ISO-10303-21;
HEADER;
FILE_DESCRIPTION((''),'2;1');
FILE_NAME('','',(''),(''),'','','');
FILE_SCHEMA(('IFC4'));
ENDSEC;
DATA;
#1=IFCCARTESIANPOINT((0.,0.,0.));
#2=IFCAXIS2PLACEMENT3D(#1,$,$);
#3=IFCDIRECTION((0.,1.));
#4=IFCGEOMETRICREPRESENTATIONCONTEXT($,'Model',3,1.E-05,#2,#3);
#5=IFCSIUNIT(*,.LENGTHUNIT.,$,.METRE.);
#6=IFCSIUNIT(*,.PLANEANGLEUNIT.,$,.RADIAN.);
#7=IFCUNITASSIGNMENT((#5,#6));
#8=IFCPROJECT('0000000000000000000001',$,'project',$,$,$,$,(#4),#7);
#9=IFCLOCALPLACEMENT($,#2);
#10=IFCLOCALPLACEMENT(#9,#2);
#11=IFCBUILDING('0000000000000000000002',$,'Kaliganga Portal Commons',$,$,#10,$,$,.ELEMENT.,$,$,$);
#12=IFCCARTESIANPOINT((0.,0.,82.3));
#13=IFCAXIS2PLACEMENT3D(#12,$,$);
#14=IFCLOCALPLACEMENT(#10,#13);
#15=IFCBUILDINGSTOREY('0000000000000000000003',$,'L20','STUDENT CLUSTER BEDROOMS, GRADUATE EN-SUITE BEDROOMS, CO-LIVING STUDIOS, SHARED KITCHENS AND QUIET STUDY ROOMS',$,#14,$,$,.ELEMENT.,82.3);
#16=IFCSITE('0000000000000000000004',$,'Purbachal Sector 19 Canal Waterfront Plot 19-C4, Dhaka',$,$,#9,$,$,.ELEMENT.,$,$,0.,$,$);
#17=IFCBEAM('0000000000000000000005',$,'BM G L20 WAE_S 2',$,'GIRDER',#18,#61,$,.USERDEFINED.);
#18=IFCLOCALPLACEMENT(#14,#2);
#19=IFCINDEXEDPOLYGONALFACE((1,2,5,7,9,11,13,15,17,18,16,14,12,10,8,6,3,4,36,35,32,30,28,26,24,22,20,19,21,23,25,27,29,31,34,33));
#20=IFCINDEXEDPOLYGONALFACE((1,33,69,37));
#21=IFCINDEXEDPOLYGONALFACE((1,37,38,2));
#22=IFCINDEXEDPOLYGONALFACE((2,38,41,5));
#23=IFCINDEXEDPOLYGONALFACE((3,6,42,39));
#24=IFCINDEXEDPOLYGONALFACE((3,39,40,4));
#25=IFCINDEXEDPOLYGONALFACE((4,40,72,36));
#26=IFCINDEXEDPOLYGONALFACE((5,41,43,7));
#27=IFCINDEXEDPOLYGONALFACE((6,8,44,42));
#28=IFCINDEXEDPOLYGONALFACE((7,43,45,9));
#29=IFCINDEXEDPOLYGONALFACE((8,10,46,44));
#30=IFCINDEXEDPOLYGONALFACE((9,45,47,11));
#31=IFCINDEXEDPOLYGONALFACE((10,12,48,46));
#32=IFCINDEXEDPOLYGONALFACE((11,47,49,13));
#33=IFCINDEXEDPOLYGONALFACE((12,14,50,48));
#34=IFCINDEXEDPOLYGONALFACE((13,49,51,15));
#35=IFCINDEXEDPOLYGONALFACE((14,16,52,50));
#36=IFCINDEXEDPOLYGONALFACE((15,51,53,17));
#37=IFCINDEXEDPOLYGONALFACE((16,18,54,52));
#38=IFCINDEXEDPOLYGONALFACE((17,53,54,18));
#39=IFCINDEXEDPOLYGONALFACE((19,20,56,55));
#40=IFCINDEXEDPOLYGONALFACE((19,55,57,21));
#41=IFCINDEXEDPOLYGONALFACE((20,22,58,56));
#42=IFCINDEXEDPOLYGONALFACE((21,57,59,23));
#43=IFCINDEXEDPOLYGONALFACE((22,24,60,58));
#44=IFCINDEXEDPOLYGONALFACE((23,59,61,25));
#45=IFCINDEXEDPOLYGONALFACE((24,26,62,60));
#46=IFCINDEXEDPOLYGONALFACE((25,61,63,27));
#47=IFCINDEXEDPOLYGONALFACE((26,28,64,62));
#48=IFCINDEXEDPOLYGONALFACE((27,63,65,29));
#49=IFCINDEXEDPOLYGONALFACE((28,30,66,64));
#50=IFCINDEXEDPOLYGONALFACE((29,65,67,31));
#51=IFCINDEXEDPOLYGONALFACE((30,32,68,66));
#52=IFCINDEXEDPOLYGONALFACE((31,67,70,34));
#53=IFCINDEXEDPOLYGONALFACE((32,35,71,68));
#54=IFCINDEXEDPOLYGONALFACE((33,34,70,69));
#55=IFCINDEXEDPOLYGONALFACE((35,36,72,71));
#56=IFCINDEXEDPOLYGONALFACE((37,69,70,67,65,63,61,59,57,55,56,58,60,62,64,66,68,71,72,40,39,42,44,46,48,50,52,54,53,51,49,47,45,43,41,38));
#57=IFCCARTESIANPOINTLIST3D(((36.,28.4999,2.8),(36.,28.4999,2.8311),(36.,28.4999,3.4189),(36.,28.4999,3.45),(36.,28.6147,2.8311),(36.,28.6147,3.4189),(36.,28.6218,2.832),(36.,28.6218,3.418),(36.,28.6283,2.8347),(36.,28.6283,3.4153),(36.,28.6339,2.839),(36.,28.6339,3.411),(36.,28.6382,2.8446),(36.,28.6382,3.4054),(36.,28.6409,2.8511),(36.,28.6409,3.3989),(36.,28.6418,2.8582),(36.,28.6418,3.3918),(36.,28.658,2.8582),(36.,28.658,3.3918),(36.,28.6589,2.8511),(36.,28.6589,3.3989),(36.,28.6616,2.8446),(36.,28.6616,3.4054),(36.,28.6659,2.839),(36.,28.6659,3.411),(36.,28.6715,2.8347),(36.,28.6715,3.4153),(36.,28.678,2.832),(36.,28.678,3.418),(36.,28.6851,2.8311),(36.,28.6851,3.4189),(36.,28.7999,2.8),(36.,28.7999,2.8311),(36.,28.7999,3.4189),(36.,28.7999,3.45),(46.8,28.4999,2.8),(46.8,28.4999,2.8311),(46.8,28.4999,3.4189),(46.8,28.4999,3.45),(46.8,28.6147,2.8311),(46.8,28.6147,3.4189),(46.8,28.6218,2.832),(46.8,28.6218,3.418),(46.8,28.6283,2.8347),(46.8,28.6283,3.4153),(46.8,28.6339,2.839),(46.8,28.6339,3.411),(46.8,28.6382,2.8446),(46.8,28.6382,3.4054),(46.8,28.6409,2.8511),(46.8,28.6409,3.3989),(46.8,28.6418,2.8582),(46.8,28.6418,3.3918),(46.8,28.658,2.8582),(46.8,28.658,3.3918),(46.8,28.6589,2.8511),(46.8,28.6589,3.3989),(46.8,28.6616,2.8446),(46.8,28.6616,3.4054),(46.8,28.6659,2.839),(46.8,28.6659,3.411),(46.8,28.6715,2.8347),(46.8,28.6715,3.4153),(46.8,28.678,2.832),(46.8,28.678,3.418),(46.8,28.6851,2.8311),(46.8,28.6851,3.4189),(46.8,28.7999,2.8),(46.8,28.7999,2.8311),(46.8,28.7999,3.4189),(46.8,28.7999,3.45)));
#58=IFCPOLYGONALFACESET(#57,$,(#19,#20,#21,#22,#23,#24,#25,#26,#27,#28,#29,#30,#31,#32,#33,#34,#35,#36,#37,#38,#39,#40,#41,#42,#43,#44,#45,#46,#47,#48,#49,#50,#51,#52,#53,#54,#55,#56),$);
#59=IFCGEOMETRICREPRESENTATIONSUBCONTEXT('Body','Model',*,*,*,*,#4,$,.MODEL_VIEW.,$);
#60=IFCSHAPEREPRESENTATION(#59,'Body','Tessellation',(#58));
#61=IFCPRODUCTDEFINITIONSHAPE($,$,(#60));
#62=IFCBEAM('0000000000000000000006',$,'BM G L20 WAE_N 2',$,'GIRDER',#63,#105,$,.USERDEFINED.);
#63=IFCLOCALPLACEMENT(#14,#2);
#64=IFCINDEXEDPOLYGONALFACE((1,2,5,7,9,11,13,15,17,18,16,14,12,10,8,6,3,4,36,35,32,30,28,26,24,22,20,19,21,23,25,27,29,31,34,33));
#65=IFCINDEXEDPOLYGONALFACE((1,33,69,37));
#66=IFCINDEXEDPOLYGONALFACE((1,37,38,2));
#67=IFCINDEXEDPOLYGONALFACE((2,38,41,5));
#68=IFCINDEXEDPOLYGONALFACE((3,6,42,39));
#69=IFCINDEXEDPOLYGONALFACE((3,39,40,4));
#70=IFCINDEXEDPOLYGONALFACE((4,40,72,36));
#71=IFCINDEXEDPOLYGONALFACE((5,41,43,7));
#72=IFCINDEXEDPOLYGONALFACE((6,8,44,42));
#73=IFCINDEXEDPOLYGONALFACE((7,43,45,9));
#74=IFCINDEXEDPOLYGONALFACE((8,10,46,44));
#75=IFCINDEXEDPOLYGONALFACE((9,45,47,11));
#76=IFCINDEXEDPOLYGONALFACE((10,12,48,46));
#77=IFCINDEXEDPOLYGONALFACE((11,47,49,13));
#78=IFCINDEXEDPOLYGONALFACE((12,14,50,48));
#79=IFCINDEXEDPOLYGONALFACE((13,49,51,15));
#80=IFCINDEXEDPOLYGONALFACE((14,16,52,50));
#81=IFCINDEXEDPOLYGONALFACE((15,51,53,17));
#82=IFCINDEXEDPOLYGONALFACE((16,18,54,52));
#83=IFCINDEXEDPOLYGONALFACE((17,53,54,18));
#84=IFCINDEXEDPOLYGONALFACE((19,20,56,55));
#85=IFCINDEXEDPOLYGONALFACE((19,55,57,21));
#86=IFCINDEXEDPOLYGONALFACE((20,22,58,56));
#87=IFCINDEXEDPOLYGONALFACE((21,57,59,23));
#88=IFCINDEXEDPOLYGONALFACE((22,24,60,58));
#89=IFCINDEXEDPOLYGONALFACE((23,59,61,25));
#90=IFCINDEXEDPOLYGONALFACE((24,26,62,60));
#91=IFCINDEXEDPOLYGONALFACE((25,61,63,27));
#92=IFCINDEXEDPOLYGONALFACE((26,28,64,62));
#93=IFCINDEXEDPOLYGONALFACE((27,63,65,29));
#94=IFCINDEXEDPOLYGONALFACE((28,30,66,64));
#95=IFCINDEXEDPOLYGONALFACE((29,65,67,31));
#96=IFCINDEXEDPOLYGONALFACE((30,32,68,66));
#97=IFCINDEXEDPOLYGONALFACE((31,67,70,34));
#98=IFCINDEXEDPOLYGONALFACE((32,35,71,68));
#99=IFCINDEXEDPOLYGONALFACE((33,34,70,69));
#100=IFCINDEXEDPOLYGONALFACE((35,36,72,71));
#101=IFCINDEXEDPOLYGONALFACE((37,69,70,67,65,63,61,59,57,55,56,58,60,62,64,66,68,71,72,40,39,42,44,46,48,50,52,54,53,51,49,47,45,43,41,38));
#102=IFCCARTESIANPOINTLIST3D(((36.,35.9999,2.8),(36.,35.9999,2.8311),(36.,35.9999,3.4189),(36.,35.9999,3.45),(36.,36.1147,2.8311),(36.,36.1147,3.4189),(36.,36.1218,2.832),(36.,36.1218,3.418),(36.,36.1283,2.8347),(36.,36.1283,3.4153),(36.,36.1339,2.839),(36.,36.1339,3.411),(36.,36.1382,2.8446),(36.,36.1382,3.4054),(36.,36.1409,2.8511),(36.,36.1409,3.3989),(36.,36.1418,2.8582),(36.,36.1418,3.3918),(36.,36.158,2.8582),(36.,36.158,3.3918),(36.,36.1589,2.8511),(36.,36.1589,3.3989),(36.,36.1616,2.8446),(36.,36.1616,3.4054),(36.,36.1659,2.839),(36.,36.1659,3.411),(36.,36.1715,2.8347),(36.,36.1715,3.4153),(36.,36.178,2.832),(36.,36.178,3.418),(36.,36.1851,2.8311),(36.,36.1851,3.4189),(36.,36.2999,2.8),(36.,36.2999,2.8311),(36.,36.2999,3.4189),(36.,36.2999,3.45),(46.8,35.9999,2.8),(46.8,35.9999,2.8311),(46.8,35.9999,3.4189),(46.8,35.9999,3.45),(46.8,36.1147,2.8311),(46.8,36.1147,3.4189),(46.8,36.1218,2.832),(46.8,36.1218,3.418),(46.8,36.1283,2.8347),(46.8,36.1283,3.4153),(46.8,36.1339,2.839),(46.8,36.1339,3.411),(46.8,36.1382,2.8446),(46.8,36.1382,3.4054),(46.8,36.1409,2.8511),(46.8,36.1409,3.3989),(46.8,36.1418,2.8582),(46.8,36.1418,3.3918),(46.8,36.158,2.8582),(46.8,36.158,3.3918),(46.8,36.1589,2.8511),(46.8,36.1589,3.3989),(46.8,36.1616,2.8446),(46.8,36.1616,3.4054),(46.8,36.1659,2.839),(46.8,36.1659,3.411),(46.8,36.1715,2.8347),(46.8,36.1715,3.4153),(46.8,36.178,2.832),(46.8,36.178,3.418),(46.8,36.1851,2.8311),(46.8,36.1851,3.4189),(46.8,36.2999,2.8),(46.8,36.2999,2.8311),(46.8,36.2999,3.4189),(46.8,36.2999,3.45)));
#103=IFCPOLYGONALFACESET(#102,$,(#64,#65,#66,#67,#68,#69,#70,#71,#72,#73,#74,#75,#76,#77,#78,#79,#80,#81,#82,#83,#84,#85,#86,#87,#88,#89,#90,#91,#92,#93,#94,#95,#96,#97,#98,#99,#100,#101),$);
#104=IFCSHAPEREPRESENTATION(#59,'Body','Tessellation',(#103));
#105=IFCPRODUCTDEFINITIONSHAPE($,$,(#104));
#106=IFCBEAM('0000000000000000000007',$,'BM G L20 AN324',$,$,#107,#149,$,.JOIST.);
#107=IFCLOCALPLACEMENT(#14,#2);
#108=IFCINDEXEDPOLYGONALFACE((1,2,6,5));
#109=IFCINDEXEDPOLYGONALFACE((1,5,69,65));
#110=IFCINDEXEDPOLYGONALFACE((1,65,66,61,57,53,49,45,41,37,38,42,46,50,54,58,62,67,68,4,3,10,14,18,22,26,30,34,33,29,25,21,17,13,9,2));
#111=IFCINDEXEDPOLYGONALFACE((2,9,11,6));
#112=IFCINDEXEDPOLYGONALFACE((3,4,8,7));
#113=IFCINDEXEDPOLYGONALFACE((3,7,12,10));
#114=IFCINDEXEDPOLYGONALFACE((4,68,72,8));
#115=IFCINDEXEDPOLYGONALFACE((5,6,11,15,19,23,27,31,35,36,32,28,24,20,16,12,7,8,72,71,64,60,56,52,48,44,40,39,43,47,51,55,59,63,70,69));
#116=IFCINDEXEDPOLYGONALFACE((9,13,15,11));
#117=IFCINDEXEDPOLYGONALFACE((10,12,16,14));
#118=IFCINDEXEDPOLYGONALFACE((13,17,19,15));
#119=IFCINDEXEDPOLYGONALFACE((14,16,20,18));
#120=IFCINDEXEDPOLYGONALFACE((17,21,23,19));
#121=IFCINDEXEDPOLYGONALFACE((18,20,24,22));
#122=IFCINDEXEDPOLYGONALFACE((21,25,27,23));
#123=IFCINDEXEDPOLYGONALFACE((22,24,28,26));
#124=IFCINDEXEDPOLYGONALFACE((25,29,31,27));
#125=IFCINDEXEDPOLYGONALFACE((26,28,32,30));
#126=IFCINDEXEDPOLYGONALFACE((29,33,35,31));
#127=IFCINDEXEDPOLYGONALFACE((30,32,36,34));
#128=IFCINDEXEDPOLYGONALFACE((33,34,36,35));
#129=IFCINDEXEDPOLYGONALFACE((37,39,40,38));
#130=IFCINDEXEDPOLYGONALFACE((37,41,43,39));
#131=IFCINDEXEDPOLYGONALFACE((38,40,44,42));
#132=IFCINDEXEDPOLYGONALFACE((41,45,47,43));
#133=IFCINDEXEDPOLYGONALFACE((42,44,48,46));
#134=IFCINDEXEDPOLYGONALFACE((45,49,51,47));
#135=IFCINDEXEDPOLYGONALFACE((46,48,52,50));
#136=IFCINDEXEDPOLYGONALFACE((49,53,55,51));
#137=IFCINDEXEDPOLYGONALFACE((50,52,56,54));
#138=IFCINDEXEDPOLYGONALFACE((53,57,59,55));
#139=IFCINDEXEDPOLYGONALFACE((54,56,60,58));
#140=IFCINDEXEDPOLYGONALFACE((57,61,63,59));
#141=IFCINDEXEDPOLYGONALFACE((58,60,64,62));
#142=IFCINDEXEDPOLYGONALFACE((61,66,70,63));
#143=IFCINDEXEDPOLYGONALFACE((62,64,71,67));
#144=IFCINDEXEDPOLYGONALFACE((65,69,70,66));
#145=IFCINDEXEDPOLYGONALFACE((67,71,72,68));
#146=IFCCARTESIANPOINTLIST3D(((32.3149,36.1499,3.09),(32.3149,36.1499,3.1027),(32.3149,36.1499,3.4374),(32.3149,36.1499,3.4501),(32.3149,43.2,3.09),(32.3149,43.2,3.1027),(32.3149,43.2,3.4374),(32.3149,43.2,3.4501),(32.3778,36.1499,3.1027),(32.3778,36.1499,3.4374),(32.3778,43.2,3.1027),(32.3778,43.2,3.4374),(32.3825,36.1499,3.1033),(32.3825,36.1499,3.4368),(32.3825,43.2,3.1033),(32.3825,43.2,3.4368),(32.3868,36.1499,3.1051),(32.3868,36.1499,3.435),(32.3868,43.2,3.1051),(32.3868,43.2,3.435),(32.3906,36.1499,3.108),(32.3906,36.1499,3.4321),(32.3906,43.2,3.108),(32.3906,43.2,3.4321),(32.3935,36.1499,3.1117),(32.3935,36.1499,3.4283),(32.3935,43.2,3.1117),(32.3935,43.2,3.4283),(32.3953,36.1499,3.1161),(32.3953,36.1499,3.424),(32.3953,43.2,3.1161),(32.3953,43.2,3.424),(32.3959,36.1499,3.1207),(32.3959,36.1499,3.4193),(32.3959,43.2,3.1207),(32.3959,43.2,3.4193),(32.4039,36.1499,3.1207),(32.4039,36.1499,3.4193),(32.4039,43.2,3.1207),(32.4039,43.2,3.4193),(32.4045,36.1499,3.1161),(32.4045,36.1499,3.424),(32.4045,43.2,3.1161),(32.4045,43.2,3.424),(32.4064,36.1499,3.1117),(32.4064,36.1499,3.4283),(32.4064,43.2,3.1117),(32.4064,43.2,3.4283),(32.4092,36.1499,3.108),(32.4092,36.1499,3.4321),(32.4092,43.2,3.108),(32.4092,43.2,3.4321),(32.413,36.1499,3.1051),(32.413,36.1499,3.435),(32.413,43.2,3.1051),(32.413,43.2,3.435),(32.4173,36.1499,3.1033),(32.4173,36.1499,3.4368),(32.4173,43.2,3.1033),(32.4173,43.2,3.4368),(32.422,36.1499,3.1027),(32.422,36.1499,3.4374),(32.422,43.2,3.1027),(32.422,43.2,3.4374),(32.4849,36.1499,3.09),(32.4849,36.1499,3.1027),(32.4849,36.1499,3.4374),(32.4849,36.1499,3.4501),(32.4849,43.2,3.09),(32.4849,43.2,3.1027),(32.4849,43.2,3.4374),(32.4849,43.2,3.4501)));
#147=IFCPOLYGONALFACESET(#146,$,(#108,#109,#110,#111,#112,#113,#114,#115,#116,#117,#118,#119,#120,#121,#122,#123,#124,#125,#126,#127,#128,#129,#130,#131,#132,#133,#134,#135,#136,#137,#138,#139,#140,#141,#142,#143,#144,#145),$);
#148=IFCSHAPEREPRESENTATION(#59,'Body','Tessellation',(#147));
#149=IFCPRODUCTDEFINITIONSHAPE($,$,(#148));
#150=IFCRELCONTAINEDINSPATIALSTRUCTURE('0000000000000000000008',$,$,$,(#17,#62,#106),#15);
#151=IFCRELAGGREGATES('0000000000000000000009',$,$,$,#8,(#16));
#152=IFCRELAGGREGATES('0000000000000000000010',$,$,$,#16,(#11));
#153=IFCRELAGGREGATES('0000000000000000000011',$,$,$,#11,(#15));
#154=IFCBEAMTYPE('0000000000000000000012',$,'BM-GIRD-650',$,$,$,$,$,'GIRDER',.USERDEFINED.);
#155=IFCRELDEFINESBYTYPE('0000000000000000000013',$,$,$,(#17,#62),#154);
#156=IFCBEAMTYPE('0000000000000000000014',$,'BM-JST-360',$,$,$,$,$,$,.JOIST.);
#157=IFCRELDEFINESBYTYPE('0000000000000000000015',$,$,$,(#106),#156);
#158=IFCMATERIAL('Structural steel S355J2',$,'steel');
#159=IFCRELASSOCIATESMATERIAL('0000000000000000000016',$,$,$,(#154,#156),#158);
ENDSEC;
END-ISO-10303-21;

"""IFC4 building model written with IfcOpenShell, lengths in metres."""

from ifc_helpers import new_model, si_unit, direction, frame, origin, origin_2d, place, context, subcontext, project, spatial, i_section, extrude, source, transform, mapped, material, material_profile, profile_set, type_object, element, save


model = new_model("IFC4")

# Units and contexts
model_context = context("Model", 3, precision=1e-05, world=origin(), true_north=direction((0.0, 1.0)))
body_context = subcontext(model_context, "Body", "Model", "MODEL_VIEW")
ifc_project = project(units=[si_unit("LENGTHUNIT", "METRE"), si_unit("PLANEANGLEUNIT", "RADIAN")], contexts=[model_context])

# Site, building, storey
site_placement = place(None, origin())
site = spatial("IfcSite", under=ifc_project, at=site_placement, Name="Purbachal Sector 19 Canal Waterfront Plot 19-C4, Dhaka", CompositionType="ELEMENT", RefElevation=0.0)
building_placement = place(site_placement, origin())
building = spatial("IfcBuilding", under=site, at=building_placement, Name="Kaliganga Portal Commons", CompositionType="ELEMENT")
storey_placement = place(building_placement, frame((0.0, 0.0, 82.3)))
storey = spatial("IfcBuildingStorey", under=building, at=storey_placement, Name="L20", Description="STUDENT CLUSTER BEDROOMS, GRADUATE EN-SUITE BEDROOMS, CO-LIVING STUDIOS, SHARED KITCHENS AND QUIET STUDY ROOMS", CompositionType="ELEMENT", Elevation=82.3)

# Beams
ifc_material_1 = material(Name="Structural steel S355J2", Category="steel")
ifc_material_profile_1 = material_profile(ifc_material_1, i_section(OverallWidth=0.3, OverallDepth=0.6499, WebThickness=0.0161, FlangeThickness=0.031, FilletRadius=0.0271, at=origin_2d()), Name="HE 650 B")
ifc_profile_set_1 = profile_set([ifc_material_profile_1], Name="Structural steel S355J2 wide-flange")
beam_type_1 = type_object("IfcBeamType", Name="BM-GIRD-650", ElementType="GIRDER", PredefinedType="USERDEFINED", material=ifc_profile_set_1)
shared_shape_1 = source(origin(), body_context, "Body", "SweptSolid", [
    extrude(i_section(OverallWidth=0.3, OverallDepth=0.6499, WebThickness=0.0161, FlangeThickness=0.031, FilletRadius=0.0271, at=origin_2d()), origin(), (0.0, 0.0, 1.0), 10.8),
])
for number, where, z_axis, x_axis, name in (
    (1, (36.0, 28.6499, 3.125), (1.0, 0.0, 0.0), (0.0, 1.0, 0.0), "BM G L20 WAE_S 2"),
    (2, (36.0, 36.1499, 3.125), (1.0, 0.0, 0.0), (0.0, 1.0, 0.0), "BM G L20 WAE_N 2"),
):
    element("IfcBeam", number, at=place(storey_placement, frame(where, z_axis=z_axis, x_axis=x_axis)), inside=storey, type_object=beam_type_1, Name=name, ObjectType="GIRDER", PredefinedType="USERDEFINED", context=body_context, shape_type="MappedRepresentation", body=[
        mapped(shared_shape_1, transform((0.0, 0.0, 0.0), x_axis=(1.0, 0.0, 0.0), y_axis=(0.0, 1.0, 0.0), z_axis=(0.0, 0.0, 1.0), scale=1.0)),
    ])
ifc_material_profile_2 = material_profile(ifc_material_1, i_section(OverallWidth=0.1699, OverallDepth=0.3601, WebThickness=0.0081, FlangeThickness=0.0127, FilletRadius=0.0181, at=origin_2d()), Name="IPE 360")
ifc_profile_set_2 = profile_set([ifc_material_profile_2], Name="Structural steel S355J2 wide-flange")
beam_type_2 = type_object("IfcBeamType", Name="BM-JST-360", PredefinedType="JOIST", material=ifc_profile_set_2)
shared_shape_2 = source(origin(), body_context, "Body", "SweptSolid", [
    extrude(i_section(OverallWidth=0.1699, OverallDepth=0.3601, WebThickness=0.0081, FlangeThickness=0.0127, FilletRadius=0.0181, at=origin_2d()), origin(), (0.0, 0.0, 1.0), 7.05),
])
beam_1_placement = place(storey_placement, frame((32.3999, 36.1499, 3.27), z_axis=(0.0, 1.0, 0.0), x_axis=(-1.0, 0.0, 0.0)))
element("IfcBeam", 3, at=beam_1_placement, inside=storey, type_object=beam_type_2, Name="BM G L20 AN324", PredefinedType="JOIST", context=body_context, shape_type="MappedRepresentation", body=[
    mapped(shared_shape_2, transform((0.0, 0.0, 0.0), x_axis=(1.0, 0.0, 0.0), y_axis=(0.0, 1.0, 0.0), z_axis=(0.0, 0.0, 1.0), scale=1.0)),
])

save(model, "model.ifc")
